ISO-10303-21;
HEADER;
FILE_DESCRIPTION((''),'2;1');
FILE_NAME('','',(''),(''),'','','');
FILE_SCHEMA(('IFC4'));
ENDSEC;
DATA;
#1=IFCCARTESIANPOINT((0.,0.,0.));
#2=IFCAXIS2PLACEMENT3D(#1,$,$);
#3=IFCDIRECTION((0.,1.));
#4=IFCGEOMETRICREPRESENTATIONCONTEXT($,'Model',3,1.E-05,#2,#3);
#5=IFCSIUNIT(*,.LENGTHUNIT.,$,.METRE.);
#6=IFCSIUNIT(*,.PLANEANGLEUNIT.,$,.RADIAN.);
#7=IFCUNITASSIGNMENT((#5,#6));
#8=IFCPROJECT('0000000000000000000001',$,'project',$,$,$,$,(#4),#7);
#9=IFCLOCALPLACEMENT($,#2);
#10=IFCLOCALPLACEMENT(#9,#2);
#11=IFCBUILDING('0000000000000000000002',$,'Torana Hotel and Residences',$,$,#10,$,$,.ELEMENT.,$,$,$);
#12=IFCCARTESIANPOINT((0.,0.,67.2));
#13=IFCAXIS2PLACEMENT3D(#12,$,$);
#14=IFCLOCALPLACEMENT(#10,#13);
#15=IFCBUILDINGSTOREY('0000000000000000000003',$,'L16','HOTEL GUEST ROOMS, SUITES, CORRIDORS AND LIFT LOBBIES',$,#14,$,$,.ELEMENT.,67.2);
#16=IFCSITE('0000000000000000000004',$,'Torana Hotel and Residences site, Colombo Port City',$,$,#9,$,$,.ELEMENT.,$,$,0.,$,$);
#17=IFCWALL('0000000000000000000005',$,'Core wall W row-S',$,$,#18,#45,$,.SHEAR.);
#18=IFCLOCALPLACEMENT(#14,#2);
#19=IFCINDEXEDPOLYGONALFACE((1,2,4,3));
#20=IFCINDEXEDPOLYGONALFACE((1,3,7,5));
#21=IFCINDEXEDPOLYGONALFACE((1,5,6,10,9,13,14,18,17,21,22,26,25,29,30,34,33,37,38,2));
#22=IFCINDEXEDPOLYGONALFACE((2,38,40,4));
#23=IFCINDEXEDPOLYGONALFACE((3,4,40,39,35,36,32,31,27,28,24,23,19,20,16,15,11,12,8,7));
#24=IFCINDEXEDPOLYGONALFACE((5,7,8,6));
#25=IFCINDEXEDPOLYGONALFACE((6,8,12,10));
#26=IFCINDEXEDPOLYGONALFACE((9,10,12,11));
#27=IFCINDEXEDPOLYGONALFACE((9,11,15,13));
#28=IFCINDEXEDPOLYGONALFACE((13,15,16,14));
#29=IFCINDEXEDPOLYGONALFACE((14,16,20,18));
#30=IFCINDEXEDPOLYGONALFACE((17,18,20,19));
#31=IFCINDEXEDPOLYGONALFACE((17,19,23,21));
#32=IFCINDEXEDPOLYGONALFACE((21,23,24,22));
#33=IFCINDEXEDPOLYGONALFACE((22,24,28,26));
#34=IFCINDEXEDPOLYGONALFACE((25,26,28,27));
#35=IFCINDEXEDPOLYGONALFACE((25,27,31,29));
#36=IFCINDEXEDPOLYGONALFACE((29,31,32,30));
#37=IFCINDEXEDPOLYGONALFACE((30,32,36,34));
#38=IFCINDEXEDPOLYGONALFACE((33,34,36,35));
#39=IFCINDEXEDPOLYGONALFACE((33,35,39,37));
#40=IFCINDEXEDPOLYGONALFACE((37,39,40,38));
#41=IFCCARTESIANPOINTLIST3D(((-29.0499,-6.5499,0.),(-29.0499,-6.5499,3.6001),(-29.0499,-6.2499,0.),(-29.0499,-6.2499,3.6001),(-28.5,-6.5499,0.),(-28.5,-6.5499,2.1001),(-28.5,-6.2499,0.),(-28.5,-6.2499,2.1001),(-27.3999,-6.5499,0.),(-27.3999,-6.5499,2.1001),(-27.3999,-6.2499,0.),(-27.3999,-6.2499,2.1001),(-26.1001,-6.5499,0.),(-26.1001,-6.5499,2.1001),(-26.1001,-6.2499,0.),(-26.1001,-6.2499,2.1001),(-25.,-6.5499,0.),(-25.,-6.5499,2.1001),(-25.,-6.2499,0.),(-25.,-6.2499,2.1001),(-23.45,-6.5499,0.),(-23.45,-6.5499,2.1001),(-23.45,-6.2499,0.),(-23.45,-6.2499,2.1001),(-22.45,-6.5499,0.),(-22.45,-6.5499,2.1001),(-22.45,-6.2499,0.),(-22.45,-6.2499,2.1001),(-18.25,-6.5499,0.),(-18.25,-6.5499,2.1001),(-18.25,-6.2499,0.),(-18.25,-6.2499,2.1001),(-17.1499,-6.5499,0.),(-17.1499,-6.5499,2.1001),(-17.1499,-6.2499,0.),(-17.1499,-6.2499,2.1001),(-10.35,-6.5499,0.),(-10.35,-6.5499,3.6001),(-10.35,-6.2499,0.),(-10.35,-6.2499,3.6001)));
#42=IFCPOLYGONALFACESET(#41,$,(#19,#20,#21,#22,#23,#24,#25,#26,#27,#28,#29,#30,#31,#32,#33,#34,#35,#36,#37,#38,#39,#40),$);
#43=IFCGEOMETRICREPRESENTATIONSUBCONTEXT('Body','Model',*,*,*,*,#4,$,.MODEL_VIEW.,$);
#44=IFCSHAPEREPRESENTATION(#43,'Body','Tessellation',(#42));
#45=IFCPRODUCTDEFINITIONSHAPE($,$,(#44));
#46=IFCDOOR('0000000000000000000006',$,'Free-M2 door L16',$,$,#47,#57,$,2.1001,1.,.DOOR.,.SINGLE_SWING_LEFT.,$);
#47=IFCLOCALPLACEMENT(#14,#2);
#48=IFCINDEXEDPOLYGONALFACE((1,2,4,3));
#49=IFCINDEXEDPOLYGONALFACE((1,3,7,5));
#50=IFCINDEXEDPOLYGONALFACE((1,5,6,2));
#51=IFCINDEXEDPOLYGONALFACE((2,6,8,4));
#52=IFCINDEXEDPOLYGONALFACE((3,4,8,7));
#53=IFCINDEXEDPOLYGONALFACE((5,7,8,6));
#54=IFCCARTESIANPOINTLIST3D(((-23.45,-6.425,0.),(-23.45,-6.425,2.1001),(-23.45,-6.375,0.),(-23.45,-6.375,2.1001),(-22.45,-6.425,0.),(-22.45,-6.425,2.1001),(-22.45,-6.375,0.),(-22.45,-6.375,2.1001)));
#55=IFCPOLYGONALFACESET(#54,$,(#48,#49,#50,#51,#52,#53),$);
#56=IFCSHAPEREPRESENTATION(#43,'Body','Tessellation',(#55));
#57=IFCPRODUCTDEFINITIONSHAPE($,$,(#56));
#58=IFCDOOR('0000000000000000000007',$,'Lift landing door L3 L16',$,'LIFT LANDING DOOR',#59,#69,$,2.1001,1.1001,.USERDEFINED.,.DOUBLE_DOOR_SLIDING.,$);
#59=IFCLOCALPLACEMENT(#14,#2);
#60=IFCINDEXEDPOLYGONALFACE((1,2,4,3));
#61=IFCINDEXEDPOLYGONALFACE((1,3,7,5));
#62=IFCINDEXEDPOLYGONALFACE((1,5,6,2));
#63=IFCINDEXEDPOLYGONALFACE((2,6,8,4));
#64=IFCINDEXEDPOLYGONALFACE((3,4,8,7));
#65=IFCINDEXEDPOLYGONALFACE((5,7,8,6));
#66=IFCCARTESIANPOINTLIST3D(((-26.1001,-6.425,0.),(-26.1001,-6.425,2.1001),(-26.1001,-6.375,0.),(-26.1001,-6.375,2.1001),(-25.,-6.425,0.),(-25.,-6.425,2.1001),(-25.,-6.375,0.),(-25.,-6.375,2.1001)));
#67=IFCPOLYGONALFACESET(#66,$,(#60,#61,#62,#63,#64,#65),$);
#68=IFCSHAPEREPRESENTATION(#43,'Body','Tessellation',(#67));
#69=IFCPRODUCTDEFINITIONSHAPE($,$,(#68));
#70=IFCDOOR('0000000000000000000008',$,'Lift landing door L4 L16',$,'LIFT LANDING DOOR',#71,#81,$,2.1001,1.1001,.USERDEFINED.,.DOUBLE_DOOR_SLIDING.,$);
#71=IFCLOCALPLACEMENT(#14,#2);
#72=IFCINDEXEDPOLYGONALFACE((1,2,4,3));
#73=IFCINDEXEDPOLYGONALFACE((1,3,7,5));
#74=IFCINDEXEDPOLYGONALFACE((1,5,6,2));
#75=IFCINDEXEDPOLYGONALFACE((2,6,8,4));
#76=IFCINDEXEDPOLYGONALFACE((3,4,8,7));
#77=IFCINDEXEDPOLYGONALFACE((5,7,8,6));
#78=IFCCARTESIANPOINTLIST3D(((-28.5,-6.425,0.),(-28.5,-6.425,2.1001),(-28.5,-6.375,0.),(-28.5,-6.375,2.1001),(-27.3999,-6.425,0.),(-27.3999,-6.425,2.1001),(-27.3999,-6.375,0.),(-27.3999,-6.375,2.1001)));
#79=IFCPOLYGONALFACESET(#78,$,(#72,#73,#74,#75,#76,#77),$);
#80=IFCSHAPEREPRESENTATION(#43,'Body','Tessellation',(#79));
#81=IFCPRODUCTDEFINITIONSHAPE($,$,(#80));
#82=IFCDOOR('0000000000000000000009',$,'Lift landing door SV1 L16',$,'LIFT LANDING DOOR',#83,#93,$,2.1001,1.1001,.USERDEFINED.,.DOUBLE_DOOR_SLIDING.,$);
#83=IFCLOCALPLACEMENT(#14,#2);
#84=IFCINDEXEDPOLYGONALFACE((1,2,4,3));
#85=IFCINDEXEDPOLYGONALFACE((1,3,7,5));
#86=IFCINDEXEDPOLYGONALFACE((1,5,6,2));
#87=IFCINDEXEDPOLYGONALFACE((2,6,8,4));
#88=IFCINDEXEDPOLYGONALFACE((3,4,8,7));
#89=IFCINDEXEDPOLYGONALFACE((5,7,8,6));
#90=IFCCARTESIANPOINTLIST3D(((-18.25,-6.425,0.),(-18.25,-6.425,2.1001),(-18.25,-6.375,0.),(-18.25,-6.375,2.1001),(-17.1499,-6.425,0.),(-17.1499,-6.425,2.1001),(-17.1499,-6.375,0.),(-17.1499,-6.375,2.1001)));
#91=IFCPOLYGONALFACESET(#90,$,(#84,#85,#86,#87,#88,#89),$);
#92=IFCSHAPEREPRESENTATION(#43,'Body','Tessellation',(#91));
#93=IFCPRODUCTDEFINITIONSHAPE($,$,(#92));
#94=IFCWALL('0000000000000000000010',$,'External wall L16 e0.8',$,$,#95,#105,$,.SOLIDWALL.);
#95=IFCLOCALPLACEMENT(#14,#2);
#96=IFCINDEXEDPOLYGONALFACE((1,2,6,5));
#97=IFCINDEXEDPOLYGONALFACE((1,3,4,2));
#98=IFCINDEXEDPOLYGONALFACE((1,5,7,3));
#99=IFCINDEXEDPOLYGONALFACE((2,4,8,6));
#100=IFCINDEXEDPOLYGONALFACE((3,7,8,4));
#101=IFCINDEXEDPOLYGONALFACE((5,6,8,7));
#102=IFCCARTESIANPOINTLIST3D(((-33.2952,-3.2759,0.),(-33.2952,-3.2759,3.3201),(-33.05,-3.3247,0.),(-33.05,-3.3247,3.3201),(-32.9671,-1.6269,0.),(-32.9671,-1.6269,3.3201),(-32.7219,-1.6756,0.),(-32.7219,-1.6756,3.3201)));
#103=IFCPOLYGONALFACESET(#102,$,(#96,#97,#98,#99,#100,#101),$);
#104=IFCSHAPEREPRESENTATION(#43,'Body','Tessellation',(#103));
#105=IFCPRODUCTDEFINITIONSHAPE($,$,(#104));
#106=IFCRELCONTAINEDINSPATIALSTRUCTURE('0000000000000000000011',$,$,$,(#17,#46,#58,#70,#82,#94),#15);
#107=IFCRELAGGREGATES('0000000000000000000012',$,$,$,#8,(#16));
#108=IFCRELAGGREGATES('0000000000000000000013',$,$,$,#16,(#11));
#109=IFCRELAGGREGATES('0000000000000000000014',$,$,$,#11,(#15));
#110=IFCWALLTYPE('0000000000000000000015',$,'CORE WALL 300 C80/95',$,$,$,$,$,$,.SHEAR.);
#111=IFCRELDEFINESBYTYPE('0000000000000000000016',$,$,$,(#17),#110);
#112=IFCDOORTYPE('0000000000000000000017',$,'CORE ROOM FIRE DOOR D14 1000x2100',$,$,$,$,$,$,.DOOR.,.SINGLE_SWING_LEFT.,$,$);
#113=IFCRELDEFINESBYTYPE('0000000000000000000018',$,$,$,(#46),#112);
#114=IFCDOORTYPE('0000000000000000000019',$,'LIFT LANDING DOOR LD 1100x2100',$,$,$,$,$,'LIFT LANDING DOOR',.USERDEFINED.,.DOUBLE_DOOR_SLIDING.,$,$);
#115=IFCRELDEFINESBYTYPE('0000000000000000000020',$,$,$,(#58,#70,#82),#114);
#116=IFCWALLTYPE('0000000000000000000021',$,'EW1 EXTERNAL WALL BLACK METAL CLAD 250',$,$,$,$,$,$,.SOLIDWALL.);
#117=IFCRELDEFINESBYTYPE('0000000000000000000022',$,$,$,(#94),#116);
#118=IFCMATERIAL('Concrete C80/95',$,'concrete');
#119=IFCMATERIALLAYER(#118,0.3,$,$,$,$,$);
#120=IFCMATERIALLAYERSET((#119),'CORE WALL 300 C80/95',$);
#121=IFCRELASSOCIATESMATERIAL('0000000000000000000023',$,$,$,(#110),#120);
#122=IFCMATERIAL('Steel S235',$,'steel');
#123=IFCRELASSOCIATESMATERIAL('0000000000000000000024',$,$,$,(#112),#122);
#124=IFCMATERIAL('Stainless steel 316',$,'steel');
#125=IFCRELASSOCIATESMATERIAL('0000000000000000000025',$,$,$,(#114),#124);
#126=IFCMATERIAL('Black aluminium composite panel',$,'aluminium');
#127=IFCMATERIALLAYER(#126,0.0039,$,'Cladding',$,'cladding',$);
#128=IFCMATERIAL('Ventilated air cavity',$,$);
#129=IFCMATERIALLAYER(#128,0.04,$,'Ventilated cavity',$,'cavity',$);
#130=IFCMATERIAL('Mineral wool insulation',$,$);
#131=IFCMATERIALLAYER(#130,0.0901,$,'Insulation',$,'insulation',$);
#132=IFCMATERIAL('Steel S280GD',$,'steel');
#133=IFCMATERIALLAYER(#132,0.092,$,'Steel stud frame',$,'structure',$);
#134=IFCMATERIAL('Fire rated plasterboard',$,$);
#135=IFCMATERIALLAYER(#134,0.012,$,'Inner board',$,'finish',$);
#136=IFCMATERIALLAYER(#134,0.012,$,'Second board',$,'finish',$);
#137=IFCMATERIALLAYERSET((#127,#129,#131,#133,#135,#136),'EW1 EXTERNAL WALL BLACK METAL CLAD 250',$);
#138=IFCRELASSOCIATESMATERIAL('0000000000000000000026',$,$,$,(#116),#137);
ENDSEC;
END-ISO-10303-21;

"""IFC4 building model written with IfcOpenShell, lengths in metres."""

from ifc_helpers import new_model, si_unit, direction, frame, frame_2d, origin, place, context, subcontext, project, spatial, rectangle, extrude, material, layer, layer_set, type_object, element, fill, save


model = new_model("IFC4")

# Units and contexts
model_context = context("Model", 3, precision=1e-05, world=origin(), true_north=direction((0.0, 1.0)))
body_context = subcontext(model_context, "Body", "Model", "MODEL_VIEW")
ifc_project = project(units=[si_unit("LENGTHUNIT", "METRE"), si_unit("PLANEANGLEUNIT", "RADIAN")], contexts=[model_context])

# Site, building, storey
site_placement = place(None, origin())
site = spatial("IfcSite", under=ifc_project, at=site_placement, Name="Torana Hotel and Residences site, Colombo Port City", CompositionType="ELEMENT", RefElevation=0.0)
building_placement = place(site_placement, origin())
building = spatial("IfcBuilding", under=site, at=building_placement, Name="Torana Hotel and Residences", CompositionType="ELEMENT")
storey_placement = place(building_placement, frame((0.0, 0.0, 67.2)))
storey = spatial("IfcBuildingStorey", under=building, at=storey_placement, Name="L16", Description="HOTEL GUEST ROOMS, SUITES, CORRIDORS AND LIFT LOBBIES", CompositionType="ELEMENT", Elevation=67.2)

# Wall, openings, doors
ifc_material_1 = material(Name="Concrete C80/95", Category="concrete")
ifc_layer_1 = layer(ifc_material_1, 0.3)
ifc_layer_set_1 = layer_set([ifc_layer_1], Name="CORE WALL 300 C80/95")
wall_type_1 = type_object("IfcWallType", Name="CORE WALL 300 C80/95", PredefinedType="SHEAR", material=ifc_layer_set_1)
ifc_material_2 = material(Name="Steel S235", Category="steel")
door_type_1 = type_object("IfcDoorType", Name="CORE ROOM FIRE DOOR D14 1000x2100", OperationType="SINGLE_SWING_LEFT", PredefinedType="DOOR", material=ifc_material_2)
ifc_material_3 = material(Name="Stainless steel 316", Category="steel")
door_type_2 = type_object("IfcDoorType", Name="LIFT LANDING DOOR LD 1100x2100", ElementType="LIFT LANDING DOOR", OperationType="DOUBLE_DOOR_SLIDING", PredefinedType="USERDEFINED", material=ifc_material_3)
wall_1_placement = place(storey_placement, frame((-29.05, -6.3999, 0.0), z_axis=(0.0, 0.0, 1.0), x_axis=(1.0, 0.0, 0.0)))
wall_1 = element("IfcWall", 1, at=wall_1_placement, inside=storey, type_object=wall_type_1, Name="Core wall W row-S", PredefinedType="SHEAR", context=body_context, shape_type="SweptSolid", body=[
    extrude(rectangle(XDim=18.7, YDim=0.3, at=frame_2d((9.3501, 0.0))), origin(), (0.0, 0.0, 1.0), 3.6001),
])
opening_1_placement = place(wall_1_placement, frame((2.95, 0.0, 0.0)))
opening_1 = element("IfcOpeningElement", 2, at=opening_1_placement, cuts=wall_1, PredefinedType="OPENING", context=body_context, shape_type="SweptSolid", body=[
    extrude(rectangle(XDim=1.1001, YDim=2.1001, at=frame_2d((0.55, 1.05))), frame((0.0, 0.1599, 0.0), z_axis=(0.0, -1.0, 0.0), x_axis=(1.0, 0.0, 0.0)), (0.0, 0.0, 1.0), 0.3201),
])
opening_2_placement = place(wall_1_placement, frame((0.55, 0.0, 0.0)))
opening_2 = element("IfcOpeningElement", 3, at=opening_2_placement, cuts=wall_1, PredefinedType="OPENING", context=body_context, shape_type="SweptSolid", body=[
    extrude(rectangle(XDim=1.1001, YDim=2.1001, at=frame_2d((0.55, 1.05))), frame((0.0, 0.1599, 0.0), z_axis=(0.0, -1.0, 0.0), x_axis=(1.0, 0.0, 0.0)), (0.0, 0.0, 1.0), 0.3201),
])
opening_3_placement = place(wall_1_placement, frame((10.8, 0.0, 0.0)))
opening_3 = element("IfcOpeningElement", 4, at=opening_3_placement, cuts=wall_1, PredefinedType="OPENING", context=body_context, shape_type="SweptSolid", body=[
    extrude(rectangle(XDim=1.1001, YDim=2.1001, at=frame_2d((0.55, 1.05))), frame((0.0, 0.1599, 0.0), z_axis=(0.0, -1.0, 0.0), x_axis=(1.0, 0.0, 0.0)), (0.0, 0.0, 1.0), 0.3201),
])
opening_4_placement = place(wall_1_placement, frame((5.6001, 0.0, 0.0)))
opening_4 = element("IfcOpeningElement", 5, at=opening_4_placement, cuts=wall_1, PredefinedType="OPENING", context=body_context, shape_type="SweptSolid", body=[
    extrude(rectangle(XDim=1.0, YDim=2.1001, at=frame_2d((0.5, 1.05))), frame((0.0, 0.1599, 0.0), z_axis=(0.0, -1.0, 0.0), x_axis=(1.0, 0.0, 0.0)), (0.0, 0.0, 1.0), 0.3201),
])
door_1_placement = place(opening_4_placement, frame((0.5, 0.0, 0.0), z_axis=(0.0, 0.0, 1.0), x_axis=(-1.0, 0.0, 0.0)))
door_1 = element("IfcDoor", 6, at=door_1_placement, inside=storey, type_object=door_type_1, Name="Free-M2 door L16", OperationType="SINGLE_SWING_LEFT", OverallHeight=2.1001, OverallWidth=1.0, PredefinedType="DOOR", context=body_context, shape_type="SweptSolid", body=[
    extrude(rectangle(XDim=1.0, YDim=2.1001, at=frame_2d((0.0, 1.05))), frame((0.0, -0.0249, 0.0), z_axis=(0.0, 1.0, 0.0), x_axis=(-1.0, 0.0, 0.0)), (0.0, 0.0, 1.0), 0.05),
])
fill(opening_4, door_1)
door_2_placement = place(opening_1_placement, origin())
door_2 = element("IfcDoor", 7, at=door_2_placement, inside=storey, type_object=door_type_2, Name="Lift landing door L3 L16", ObjectType="LIFT LANDING DOOR", OperationType="DOUBLE_DOOR_SLIDING", OverallHeight=2.1001, OverallWidth=1.1001, PredefinedType="USERDEFINED", context=body_context, shape_type="SweptSolid", body=[
    extrude(rectangle(XDim=1.1001, YDim=2.1001, at=frame_2d((0.55, 1.05))), frame((0.0, 0.0249, 0.0), z_axis=(0.0, -1.0, 0.0), x_axis=(1.0, 0.0, 0.0)), (0.0, 0.0, 1.0), 0.05),
])
fill(opening_1, door_2)
door_3_placement = place(opening_2_placement, origin())
door_3 = element("IfcDoor", 8, at=door_3_placement, inside=storey, type_object=door_type_2, Name="Lift landing door L4 L16", ObjectType="LIFT LANDING DOOR", OperationType="DOUBLE_DOOR_SLIDING", OverallHeight=2.1001, OverallWidth=1.1001, PredefinedType="USERDEFINED", context=body_context, shape_type="SweptSolid", body=[
    extrude(rectangle(XDim=1.1001, YDim=2.1001, at=frame_2d((0.55, 1.05))), frame((0.0, 0.0249, 0.0), z_axis=(0.0, -1.0, 0.0), x_axis=(1.0, 0.0, 0.0)), (0.0, 0.0, 1.0), 0.05),
])
fill(opening_2, door_3)
door_4_placement = place(opening_3_placement, origin())
door_4 = element("IfcDoor", 9, at=door_4_placement, inside=storey, type_object=door_type_2, Name="Lift landing door SV1 L16", ObjectType="LIFT LANDING DOOR", OperationType="DOUBLE_DOOR_SLIDING", OverallHeight=2.1001, OverallWidth=1.1001, PredefinedType="USERDEFINED", context=body_context, shape_type="SweptSolid", body=[
    extrude(rectangle(XDim=1.1001, YDim=2.1001, at=frame_2d((0.55, 1.05))), frame((0.0, 0.0249, 0.0), z_axis=(0.0, -1.0, 0.0), x_axis=(1.0, 0.0, 0.0)), (0.0, 0.0, 1.0), 0.05),
])
fill(opening_3, door_4)

# Wall
ifc_material_4 = material(Name="Black aluminium composite panel", Category="aluminium")
ifc_layer_2 = layer(ifc_material_4, 0.0039, Name="Cladding", Category="cladding")
ifc_material_5 = material(Name="Ventilated air cavity")
ifc_layer_3 = layer(ifc_material_5, 0.04, Name="Ventilated cavity", Category="cavity")
ifc_material_6 = material(Name="Mineral wool insulation")
ifc_layer_4 = layer(ifc_material_6, 0.0901, Name="Insulation", Category="insulation")
ifc_material_7 = material(Name="Steel S280GD", Category="steel")
ifc_layer_5 = layer(ifc_material_7, 0.092, Name="Steel stud frame", Category="structure")
ifc_material_8 = material(Name="Fire rated plasterboard")
ifc_layer_6 = layer(ifc_material_8, 0.012, Name="Inner board", Category="finish")
ifc_layer_7 = layer(ifc_material_8, 0.012, Name="Second board", Category="finish")
ifc_layer_set_2 = layer_set([ifc_layer_2, ifc_layer_3, ifc_layer_4, ifc_layer_5, ifc_layer_6, ifc_layer_7], Name="EW1 EXTERNAL WALL BLACK METAL CLAD 250")
wall_type_2 = type_object("IfcWallType", Name="EW1 EXTERNAL WALL BLACK METAL CLAD 250", PredefinedType="SOLIDWALL", material=ifc_layer_set_2)
wall_2_placement = place(storey_placement, frame((-32.8445, -1.6511, 0.0), z_axis=(0.0, 0.0, 1.0), x_axis=(-0.195139, -0.980776, 0.0)))
element("IfcWall", 10, at=wall_2_placement, inside=storey, type_object=wall_type_2, Name="External wall L16 e0.8", PredefinedType="SOLIDWALL", context=body_context, shape_type="SweptSolid", body=[
    extrude(rectangle(XDim=1.6814, YDim=0.25, at=frame_2d((0.8408, 0.0))), origin(), (0.0, 0.0, 1.0), 3.3201),
])

save(model, "model.ifc")
